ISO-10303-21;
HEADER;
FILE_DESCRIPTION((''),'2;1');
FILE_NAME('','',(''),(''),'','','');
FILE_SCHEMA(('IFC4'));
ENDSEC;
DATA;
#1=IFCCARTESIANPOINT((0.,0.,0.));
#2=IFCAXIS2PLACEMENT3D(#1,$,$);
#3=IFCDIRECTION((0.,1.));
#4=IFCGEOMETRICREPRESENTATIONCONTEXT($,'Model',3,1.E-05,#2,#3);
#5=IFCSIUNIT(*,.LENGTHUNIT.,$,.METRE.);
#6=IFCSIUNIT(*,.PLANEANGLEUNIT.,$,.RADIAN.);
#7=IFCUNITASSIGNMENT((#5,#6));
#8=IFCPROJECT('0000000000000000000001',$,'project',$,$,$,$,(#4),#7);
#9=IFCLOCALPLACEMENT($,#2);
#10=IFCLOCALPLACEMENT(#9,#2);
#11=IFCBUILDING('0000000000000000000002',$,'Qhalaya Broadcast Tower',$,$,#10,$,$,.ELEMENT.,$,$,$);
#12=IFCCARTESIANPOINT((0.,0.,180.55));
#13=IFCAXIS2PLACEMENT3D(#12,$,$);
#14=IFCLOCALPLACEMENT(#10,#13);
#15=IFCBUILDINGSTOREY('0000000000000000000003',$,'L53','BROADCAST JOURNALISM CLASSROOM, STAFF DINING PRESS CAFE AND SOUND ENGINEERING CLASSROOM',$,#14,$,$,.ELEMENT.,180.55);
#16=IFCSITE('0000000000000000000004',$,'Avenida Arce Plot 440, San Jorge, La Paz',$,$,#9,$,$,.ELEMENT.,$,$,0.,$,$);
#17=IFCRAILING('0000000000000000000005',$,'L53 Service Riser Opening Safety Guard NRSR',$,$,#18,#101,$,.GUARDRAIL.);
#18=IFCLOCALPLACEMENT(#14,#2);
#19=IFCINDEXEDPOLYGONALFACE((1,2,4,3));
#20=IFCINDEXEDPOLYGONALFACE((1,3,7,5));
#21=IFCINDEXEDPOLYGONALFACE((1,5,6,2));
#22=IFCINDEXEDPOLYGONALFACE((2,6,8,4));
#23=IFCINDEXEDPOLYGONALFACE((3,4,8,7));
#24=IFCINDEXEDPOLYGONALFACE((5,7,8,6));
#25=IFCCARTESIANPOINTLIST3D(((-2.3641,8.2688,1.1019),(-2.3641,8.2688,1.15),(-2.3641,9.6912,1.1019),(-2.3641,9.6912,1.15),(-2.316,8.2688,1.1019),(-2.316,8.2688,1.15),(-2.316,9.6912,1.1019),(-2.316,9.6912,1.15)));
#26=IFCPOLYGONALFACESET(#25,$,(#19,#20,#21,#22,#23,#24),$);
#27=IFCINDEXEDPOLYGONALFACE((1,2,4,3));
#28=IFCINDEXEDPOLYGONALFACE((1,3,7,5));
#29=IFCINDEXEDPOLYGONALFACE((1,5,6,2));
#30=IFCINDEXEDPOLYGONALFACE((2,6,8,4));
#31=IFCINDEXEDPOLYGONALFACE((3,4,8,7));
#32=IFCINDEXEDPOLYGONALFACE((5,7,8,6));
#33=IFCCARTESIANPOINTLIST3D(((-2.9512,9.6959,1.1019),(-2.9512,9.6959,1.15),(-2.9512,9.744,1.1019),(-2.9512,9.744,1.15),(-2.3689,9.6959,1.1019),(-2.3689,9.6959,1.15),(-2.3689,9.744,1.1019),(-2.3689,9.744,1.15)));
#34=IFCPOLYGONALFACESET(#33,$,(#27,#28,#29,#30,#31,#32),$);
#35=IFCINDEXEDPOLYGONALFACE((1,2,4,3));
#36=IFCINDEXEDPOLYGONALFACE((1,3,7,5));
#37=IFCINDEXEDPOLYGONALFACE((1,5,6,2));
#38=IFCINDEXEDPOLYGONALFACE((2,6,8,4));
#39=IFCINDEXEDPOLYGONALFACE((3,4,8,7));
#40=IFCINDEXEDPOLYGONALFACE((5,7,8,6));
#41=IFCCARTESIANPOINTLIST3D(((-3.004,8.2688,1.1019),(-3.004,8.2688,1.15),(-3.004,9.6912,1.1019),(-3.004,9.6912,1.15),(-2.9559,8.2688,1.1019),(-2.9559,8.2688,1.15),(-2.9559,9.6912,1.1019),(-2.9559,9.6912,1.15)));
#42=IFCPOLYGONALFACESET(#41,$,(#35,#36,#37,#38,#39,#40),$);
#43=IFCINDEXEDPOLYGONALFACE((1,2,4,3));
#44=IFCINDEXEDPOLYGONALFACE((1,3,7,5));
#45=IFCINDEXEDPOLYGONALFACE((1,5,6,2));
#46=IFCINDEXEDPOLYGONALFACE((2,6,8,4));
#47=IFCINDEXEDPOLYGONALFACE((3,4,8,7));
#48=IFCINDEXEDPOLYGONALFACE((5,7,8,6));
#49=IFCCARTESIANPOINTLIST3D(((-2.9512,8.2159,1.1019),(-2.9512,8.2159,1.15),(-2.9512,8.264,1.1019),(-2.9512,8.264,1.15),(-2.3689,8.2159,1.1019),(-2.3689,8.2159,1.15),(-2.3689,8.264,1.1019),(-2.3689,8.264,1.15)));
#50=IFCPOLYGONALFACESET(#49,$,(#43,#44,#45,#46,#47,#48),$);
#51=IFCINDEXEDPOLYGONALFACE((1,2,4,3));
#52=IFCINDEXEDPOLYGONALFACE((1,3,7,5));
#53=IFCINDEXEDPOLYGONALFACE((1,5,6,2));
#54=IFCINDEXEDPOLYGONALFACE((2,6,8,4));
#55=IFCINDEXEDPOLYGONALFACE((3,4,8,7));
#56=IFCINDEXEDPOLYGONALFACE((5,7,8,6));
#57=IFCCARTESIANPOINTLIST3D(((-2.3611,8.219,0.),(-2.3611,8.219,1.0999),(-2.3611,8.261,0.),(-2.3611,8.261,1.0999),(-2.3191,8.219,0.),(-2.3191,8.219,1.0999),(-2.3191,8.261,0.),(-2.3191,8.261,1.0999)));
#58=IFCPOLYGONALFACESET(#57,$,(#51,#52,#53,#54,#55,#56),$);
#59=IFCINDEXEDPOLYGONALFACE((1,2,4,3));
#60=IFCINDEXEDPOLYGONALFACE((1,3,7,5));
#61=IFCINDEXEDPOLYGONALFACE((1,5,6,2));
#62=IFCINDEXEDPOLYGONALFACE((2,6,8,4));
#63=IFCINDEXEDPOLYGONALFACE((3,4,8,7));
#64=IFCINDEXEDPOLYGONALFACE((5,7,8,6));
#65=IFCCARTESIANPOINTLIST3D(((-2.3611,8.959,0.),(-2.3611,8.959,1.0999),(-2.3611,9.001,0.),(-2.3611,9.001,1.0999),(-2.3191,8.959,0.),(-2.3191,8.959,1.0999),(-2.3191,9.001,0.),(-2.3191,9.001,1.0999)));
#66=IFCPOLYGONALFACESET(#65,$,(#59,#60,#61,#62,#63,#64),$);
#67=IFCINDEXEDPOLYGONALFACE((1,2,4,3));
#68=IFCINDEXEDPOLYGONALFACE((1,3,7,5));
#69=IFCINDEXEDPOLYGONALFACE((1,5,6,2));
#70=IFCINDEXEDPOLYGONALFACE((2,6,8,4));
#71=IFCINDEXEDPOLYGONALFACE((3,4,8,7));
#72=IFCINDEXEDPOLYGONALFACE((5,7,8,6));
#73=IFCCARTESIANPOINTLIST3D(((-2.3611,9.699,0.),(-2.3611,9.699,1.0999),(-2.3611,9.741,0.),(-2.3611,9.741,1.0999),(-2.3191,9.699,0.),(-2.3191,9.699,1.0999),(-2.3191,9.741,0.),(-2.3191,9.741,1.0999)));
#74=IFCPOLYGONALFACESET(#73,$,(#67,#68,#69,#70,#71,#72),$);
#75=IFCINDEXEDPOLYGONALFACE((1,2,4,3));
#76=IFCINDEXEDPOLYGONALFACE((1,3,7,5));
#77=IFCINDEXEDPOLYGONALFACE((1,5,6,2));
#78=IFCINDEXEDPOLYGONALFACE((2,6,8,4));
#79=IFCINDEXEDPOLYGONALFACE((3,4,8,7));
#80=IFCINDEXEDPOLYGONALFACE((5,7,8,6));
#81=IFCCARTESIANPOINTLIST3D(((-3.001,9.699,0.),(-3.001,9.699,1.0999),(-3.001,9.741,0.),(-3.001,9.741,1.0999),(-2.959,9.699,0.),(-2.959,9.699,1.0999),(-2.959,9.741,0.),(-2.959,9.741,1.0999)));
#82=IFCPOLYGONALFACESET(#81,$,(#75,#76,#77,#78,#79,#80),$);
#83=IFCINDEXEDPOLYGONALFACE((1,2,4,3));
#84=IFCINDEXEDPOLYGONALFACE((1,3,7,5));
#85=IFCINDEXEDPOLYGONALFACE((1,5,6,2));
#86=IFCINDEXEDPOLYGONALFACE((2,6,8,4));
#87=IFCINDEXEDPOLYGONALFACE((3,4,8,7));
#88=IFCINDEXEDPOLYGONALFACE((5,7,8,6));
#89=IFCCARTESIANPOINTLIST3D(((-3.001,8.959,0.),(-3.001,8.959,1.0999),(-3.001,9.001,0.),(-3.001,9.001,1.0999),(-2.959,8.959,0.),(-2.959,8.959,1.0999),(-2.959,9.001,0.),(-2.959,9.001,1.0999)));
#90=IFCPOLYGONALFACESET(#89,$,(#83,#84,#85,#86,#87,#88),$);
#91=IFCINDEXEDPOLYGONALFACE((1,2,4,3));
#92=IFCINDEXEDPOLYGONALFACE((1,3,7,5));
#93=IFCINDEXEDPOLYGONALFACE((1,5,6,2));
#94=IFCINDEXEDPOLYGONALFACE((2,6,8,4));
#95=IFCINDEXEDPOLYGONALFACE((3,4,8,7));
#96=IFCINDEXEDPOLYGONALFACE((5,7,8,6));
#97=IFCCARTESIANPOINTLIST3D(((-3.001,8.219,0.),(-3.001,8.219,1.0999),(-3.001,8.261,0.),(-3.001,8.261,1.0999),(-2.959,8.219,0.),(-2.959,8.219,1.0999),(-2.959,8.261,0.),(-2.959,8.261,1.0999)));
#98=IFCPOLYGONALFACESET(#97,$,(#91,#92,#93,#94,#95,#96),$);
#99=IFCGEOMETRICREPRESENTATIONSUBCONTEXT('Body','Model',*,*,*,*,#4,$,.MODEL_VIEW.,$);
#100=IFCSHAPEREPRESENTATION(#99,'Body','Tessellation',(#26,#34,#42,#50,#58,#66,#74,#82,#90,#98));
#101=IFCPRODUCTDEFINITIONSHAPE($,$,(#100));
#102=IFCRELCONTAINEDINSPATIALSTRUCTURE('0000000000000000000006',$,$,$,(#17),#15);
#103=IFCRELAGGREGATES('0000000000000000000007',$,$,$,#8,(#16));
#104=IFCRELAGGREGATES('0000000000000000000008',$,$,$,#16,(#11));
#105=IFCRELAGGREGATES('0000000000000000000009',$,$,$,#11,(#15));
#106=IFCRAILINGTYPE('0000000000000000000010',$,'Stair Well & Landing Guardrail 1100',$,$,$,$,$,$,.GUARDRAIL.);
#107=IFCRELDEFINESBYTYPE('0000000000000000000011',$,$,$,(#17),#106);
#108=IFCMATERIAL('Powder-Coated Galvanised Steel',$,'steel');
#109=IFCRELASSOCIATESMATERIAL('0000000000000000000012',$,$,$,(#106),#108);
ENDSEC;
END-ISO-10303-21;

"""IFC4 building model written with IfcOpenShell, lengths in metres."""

from ifc_helpers import new_model, si_unit, direction, frame, origin, origin_2d, place, context, subcontext, project, spatial, rectangle, extrude, material, type_object, element, save


model = new_model("IFC4")

# Units and contexts
model_context = context("Model", 3, precision=1e-05, world=origin(), true_north=direction((0.0, 1.0)))
body_context = subcontext(model_context, "Body", "Model", "MODEL_VIEW")
ifc_project = project(units=[si_unit("LENGTHUNIT", "METRE"), si_unit("PLANEANGLEUNIT", "RADIAN")], contexts=[model_context])

# Site, building, storey
site_placement = place(None, origin())
site = spatial("IfcSite", under=ifc_project, at=site_placement, Name="Avenida Arce Plot 440, San Jorge, La Paz", CompositionType="ELEMENT", RefElevation=0.0)
building_placement = place(site_placement, origin())
building = spatial("IfcBuilding", under=site, at=building_placement, Name="Qhalaya Broadcast Tower", CompositionType="ELEMENT")
storey_placement = place(building_placement, frame((0.0, 0.0, 180.55)))
storey = spatial("IfcBuildingStorey", under=building, at=storey_placement, Name="L53", Description="BROADCAST JOURNALISM CLASSROOM, STAFF DINING PRESS CAFE AND SOUND ENGINEERING CLASSROOM", CompositionType="ELEMENT", Elevation=180.55)

# Railing
ifc_material_1 = material(Name="Powder-Coated Galvanised Steel", Category="steel")
railing_type = type_object("IfcRailingType", Name="Stair Well & Landing Guardrail 1100", PredefinedType="GUARDRAIL", material=ifc_material_1)
railing_placement = place(storey_placement, frame((-2.3401, 8.24, 0.0)))
element("IfcRailing", 1, at=railing_placement, inside=storey, type_object=railing_type, Name="L53 Service Riser Opening Safety Guard NRSR", PredefinedType="GUARDRAIL", context=body_context, shape_type="SweptSolid", body=[
    extrude(rectangle(XDim=0.0481, YDim=0.0481, at=origin_2d()), frame((0.0, 0.0288, 1.126), z_axis=(0.0, 1.0, 0.0), x_axis=(-1.0, 0.0, 0.0)), (0.0, 0.0, 1.0), 1.4224),
    extrude(rectangle(XDim=0.0481, YDim=0.0481, at=origin_2d()), frame((-0.0288, 1.48, 1.126), z_axis=(-1.0, 0.0, 0.0), x_axis=(0.0, -1.0, 0.0)), (0.0, 0.0, 1.0), 0.5823),
    extrude(rectangle(XDim=0.0481, YDim=0.0481, at=origin_2d()), frame((-0.6399, 1.4512, 1.126), z_axis=(0.0, -1.0, 0.0), x_axis=(1.0, 0.0, 0.0)), (0.0, 0.0, 1.0), 1.4224),
    extrude(rectangle(XDim=0.0481, YDim=0.0481, at=origin_2d()), frame((-0.6111, 0.0, 1.126), z_axis=(1.0, 0.0, 0.0), x_axis=(0.0, 1.0, 0.0)), (0.0, 0.0, 1.0), 0.5823),
    extrude(rectangle(XDim=0.042, YDim=0.042, at=origin_2d()), origin(), (0.0, 0.0, 1.0), 1.0999),
    extrude(rectangle(XDim=0.042, YDim=0.042, at=origin_2d()), frame((0.0, 0.74, 0.0)), (0.0, 0.0, 1.0), 1.0999),
    extrude(rectangle(XDim=0.042, YDim=0.042, at=origin_2d()), frame((0.0, 1.48, 0.0)), (0.0, 0.0, 1.0), 1.0999),
    extrude(rectangle(XDim=0.042, YDim=0.042, at=origin_2d()), frame((-0.6399, 1.48, 0.0)), (0.0, 0.0, 1.0), 1.0999),
    extrude(rectangle(XDim=0.042, YDim=0.042, at=origin_2d()), frame((-0.6399, 0.74, 0.0)), (0.0, 0.0, 1.0), 1.0999),
    extrude(rectangle(XDim=0.042, YDim=0.042, at=origin_2d()), frame((-0.6399, 0.0, 0.0)), (0.0, 0.0, 1.0), 1.0999),
])

save(model, "model.ifc")
